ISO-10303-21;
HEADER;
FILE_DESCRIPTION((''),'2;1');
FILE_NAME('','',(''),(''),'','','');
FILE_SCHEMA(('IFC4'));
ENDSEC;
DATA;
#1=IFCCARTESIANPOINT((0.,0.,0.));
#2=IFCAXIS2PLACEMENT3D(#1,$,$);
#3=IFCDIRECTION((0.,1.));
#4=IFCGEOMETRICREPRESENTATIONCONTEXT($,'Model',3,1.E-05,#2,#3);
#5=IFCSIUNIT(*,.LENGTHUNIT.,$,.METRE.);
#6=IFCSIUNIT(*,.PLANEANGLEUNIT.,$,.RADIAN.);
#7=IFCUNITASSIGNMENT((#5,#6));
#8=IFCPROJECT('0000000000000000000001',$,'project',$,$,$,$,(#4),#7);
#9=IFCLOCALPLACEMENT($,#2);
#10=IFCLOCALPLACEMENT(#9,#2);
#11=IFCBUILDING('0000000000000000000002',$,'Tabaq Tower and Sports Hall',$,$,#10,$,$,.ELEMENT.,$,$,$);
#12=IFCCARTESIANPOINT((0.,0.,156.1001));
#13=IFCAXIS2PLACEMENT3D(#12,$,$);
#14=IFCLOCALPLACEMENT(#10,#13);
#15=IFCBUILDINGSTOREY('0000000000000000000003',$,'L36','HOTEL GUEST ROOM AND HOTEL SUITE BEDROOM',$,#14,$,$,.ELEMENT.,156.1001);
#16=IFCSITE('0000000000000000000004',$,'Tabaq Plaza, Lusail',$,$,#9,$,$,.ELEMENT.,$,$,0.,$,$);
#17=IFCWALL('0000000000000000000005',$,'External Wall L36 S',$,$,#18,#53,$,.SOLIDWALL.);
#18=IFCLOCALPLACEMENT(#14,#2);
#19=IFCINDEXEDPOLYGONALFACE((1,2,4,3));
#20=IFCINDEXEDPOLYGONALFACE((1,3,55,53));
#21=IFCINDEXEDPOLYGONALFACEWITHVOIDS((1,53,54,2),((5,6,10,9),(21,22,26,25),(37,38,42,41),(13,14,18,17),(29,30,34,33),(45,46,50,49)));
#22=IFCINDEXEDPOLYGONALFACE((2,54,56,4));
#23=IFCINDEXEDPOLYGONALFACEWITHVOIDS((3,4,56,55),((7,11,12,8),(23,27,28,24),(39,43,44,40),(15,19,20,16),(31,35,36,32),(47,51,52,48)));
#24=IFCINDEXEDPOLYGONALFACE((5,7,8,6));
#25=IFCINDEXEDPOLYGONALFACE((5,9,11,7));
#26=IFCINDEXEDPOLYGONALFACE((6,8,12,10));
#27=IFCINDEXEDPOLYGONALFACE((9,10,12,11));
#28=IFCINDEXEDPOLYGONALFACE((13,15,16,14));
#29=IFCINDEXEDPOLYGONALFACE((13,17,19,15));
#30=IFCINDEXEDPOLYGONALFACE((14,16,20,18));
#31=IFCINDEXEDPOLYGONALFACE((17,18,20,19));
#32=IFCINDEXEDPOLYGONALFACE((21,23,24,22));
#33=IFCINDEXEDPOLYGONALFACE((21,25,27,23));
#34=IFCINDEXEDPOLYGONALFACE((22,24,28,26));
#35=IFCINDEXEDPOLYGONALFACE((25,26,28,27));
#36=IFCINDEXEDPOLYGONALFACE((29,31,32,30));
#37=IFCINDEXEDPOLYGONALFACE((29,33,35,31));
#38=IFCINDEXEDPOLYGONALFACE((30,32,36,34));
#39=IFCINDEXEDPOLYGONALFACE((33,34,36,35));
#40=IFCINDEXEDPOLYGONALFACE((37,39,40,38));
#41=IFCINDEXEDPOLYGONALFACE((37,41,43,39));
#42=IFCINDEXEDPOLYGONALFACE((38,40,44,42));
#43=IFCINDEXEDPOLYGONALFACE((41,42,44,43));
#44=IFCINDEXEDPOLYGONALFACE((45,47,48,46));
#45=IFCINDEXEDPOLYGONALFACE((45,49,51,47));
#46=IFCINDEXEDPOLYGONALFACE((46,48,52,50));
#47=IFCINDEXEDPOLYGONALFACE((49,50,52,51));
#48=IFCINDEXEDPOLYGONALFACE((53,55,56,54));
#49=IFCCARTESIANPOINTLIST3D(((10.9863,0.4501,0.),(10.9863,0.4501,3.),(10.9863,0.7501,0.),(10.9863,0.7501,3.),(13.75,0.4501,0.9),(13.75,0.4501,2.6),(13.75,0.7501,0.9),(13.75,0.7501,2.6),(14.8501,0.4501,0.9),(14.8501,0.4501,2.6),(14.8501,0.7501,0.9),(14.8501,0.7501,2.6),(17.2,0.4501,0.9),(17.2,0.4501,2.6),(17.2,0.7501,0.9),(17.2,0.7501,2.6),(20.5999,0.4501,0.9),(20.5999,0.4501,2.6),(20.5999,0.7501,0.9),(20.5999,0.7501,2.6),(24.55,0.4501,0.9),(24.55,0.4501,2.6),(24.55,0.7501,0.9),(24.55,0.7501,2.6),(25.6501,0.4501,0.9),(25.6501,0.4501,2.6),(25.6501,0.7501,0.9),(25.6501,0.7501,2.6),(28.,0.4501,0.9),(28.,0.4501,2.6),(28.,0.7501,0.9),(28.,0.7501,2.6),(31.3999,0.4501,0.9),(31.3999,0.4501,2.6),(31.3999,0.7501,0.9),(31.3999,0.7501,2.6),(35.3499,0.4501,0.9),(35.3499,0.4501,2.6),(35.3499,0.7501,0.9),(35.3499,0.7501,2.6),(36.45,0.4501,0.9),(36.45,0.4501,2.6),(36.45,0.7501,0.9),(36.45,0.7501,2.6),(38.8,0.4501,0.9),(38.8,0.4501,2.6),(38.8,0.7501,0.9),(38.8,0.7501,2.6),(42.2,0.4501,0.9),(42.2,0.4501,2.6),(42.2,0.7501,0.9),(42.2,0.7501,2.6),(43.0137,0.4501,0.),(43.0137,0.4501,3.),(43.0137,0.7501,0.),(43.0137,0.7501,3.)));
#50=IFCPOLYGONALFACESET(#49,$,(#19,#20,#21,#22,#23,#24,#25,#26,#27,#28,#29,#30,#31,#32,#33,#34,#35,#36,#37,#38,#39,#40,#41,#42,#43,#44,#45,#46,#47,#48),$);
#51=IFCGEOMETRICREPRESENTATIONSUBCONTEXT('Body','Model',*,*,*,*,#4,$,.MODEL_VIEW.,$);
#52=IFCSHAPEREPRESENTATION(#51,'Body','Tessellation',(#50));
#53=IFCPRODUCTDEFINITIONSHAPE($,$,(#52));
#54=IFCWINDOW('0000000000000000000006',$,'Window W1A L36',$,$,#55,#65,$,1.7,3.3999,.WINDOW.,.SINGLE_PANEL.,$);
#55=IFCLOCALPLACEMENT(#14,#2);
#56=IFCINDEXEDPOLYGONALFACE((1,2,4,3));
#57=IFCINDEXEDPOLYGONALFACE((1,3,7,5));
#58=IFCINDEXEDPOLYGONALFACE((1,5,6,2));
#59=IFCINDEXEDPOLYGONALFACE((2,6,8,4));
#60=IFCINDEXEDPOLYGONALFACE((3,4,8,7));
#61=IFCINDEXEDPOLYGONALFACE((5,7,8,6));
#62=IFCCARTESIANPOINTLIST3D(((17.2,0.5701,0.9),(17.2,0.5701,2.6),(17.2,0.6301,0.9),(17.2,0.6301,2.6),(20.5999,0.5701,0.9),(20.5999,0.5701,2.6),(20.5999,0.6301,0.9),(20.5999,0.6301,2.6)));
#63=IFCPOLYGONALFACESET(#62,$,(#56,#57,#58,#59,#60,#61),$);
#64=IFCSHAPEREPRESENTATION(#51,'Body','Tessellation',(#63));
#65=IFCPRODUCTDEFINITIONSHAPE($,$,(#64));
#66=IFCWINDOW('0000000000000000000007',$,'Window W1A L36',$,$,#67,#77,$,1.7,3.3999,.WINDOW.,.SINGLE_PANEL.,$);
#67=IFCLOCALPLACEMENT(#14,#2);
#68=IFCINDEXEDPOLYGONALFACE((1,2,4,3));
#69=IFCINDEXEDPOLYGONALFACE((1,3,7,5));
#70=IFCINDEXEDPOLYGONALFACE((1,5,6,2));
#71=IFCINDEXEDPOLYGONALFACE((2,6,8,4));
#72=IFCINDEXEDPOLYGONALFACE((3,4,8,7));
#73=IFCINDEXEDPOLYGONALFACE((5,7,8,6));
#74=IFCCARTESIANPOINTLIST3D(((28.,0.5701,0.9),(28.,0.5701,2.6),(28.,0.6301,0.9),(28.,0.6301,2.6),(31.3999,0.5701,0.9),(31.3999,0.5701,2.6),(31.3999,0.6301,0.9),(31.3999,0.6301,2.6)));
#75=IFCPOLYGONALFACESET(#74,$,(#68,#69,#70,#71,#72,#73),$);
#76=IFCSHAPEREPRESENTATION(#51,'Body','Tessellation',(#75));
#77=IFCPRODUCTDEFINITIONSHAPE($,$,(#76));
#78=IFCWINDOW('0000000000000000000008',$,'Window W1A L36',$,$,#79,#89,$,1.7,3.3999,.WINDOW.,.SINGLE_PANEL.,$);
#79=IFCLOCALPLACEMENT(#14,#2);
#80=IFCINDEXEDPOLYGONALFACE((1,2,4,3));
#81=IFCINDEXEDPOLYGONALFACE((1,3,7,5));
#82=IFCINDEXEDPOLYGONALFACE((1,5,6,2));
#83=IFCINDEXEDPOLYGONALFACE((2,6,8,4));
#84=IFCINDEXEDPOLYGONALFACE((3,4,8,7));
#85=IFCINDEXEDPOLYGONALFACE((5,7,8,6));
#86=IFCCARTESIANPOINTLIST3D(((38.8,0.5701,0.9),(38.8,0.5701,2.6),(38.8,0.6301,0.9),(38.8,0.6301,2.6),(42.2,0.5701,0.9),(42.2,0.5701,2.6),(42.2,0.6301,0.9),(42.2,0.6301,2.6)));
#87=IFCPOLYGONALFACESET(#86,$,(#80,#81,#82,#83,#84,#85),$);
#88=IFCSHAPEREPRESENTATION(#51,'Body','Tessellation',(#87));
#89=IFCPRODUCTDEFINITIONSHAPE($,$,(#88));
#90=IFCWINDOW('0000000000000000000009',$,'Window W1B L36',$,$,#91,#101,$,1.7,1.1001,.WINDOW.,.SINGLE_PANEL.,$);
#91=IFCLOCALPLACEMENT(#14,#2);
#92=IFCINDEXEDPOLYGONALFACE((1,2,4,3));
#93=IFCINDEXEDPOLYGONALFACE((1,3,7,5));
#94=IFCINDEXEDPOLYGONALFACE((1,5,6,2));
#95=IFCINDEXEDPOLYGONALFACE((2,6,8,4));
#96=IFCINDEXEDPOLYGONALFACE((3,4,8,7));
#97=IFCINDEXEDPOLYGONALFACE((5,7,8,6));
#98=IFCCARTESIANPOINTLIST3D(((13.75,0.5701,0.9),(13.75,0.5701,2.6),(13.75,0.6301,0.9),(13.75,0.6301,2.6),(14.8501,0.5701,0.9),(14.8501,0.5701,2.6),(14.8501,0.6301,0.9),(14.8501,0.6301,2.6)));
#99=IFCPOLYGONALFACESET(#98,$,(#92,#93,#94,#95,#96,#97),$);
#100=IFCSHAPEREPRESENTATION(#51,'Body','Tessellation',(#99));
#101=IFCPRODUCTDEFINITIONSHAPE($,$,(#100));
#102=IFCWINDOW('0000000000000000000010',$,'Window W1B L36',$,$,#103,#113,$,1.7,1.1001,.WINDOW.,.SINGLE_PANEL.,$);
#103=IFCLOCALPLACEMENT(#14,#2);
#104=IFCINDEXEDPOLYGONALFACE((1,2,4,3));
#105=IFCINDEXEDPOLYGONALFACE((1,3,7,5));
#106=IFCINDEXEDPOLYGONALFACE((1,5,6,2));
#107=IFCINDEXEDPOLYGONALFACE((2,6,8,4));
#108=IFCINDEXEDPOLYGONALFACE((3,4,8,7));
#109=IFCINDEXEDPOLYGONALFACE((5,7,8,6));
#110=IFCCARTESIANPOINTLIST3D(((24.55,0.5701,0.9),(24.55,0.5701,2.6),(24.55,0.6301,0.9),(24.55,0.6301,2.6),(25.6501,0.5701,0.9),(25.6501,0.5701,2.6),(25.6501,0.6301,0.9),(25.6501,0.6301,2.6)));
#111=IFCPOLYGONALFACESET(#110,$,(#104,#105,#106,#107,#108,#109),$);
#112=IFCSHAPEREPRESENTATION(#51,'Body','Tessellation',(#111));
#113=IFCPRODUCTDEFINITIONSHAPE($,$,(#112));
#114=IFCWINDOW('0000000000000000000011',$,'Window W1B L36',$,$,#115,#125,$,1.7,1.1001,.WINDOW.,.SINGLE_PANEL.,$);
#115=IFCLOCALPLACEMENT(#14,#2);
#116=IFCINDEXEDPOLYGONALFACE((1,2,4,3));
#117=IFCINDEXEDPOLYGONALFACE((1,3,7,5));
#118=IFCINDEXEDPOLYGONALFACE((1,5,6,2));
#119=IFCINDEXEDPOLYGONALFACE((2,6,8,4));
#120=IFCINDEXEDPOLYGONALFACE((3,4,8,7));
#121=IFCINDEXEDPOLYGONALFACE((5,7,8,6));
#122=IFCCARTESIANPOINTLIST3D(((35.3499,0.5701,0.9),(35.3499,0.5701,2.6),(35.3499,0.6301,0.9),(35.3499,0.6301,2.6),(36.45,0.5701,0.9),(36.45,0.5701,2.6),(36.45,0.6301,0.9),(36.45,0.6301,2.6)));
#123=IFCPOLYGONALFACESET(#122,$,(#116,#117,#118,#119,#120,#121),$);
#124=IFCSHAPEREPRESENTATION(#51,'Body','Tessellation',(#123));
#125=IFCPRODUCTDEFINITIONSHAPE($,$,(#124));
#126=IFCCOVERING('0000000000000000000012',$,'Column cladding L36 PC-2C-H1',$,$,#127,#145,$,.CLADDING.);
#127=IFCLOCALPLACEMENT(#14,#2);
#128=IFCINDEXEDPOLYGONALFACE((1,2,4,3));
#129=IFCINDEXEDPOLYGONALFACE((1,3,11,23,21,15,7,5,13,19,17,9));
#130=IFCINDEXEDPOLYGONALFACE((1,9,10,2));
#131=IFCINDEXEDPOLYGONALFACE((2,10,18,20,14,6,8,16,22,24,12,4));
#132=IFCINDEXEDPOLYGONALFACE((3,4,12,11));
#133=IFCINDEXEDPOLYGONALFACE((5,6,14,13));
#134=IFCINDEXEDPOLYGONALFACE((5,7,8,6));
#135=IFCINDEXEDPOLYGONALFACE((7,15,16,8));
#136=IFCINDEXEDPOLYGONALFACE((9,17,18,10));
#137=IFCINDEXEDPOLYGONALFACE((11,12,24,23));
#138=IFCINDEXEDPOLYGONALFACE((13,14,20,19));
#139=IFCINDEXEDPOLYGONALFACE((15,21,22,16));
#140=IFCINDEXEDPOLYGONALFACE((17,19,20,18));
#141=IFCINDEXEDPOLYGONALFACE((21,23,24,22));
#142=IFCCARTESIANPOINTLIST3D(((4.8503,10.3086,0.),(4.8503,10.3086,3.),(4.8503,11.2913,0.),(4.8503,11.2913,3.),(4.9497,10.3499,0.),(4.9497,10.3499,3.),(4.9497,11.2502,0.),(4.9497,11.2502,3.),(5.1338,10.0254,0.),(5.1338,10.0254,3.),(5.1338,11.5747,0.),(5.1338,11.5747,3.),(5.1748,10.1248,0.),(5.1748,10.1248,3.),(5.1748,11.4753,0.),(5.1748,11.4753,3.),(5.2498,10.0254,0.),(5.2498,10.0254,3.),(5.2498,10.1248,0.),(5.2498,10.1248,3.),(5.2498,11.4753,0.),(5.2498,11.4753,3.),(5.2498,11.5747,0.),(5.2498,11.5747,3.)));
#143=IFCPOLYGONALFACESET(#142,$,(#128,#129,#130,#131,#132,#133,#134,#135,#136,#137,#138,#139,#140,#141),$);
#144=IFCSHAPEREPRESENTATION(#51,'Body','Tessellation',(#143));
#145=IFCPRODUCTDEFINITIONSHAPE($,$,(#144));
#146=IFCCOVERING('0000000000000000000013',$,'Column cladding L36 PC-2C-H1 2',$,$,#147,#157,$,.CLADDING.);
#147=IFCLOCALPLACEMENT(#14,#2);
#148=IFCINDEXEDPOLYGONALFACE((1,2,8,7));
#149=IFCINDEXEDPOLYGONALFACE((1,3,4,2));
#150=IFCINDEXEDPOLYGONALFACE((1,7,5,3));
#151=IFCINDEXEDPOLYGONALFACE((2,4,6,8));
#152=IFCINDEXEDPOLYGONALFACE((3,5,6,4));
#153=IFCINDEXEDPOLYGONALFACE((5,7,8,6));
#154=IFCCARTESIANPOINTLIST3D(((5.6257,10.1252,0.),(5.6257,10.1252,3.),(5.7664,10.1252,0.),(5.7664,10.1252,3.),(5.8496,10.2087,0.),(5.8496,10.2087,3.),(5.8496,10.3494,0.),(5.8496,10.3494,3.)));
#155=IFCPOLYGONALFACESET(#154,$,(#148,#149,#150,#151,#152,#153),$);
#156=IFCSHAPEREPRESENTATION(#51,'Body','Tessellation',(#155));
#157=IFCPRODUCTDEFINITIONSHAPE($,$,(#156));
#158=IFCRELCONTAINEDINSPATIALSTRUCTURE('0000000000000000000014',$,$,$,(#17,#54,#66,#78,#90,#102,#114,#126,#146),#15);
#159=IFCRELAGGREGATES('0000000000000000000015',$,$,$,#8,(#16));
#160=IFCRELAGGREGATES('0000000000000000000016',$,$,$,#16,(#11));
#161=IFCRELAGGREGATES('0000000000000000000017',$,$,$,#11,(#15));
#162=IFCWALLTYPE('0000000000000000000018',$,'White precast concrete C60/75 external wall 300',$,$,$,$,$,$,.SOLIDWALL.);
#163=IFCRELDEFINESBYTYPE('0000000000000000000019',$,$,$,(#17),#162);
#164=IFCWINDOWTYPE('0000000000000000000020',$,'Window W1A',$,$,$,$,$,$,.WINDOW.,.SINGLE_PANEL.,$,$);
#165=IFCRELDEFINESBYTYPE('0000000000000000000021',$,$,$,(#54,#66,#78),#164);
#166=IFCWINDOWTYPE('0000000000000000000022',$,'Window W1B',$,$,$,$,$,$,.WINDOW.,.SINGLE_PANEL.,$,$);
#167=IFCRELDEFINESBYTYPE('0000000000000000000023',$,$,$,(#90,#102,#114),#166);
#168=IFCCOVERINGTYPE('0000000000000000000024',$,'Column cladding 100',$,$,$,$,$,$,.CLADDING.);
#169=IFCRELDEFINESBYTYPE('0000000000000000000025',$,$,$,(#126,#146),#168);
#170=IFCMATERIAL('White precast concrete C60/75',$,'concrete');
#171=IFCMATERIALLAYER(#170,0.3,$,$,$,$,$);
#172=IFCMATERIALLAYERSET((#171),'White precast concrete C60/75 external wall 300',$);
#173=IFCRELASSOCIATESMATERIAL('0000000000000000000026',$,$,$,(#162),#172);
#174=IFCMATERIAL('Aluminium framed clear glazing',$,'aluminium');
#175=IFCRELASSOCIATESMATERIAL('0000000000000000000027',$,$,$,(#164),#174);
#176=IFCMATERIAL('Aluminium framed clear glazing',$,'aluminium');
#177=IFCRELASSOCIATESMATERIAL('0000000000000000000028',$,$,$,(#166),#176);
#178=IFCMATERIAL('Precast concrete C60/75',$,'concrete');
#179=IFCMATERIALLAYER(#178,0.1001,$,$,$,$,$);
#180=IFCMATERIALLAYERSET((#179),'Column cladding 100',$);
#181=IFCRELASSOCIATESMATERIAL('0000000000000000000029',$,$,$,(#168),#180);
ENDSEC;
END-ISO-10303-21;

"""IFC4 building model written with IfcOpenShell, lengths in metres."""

from ifc_helpers import new_model, si_unit, direction, frame, frame_2d, origin, place, context, subcontext, project, spatial, polyline, rectangle, outline, extrude, material, layer, layer_set, type_object, element, fill, save


model = new_model("IFC4")

# Units and contexts
model_context = context("Model", 3, precision=1e-05, world=origin(), true_north=direction((0.0, 1.0)))
body_context = subcontext(model_context, "Body", "Model", "MODEL_VIEW")
ifc_project = project(units=[si_unit("LENGTHUNIT", "METRE"), si_unit("PLANEANGLEUNIT", "RADIAN")], contexts=[model_context])

# Site, building, storey
site_placement = place(None, origin())
site = spatial("IfcSite", under=ifc_project, at=site_placement, Name="Tabaq Plaza, Lusail", CompositionType="ELEMENT", RefElevation=0.0)
building_placement = place(site_placement, origin())
building = spatial("IfcBuilding", under=site, at=building_placement, Name="Tabaq Tower and Sports Hall", CompositionType="ELEMENT")
storey_placement = place(building_placement, frame((0.0, 0.0, 156.1001)))
storey = spatial("IfcBuildingStorey", under=building, at=storey_placement, Name="L36", Description="HOTEL GUEST ROOM AND HOTEL SUITE BEDROOM", CompositionType="ELEMENT", Elevation=156.1001)

# Wall, openings, windows
ifc_material_1 = material(Name="White precast concrete C60/75", Category="concrete")
ifc_layer_1 = layer(ifc_material_1, 0.3)
ifc_layer_set_1 = layer_set([ifc_layer_1], Name="White precast concrete C60/75 external wall 300")
wall_type = type_object("IfcWallType", Name="White precast concrete C60/75 external wall 300", PredefinedType="SOLIDWALL", material=ifc_layer_set_1)
wall_placement = place(storey_placement, frame((10.9863, 0.6001, 0.0), z_axis=(0.0, 0.0, 1.0), x_axis=(1.0, 0.0, 0.0)))
wall = element("IfcWall", 1, at=wall_placement, inside=storey, type_object=wall_type, Name="External Wall L36 S", PredefinedType="SOLIDWALL", context=body_context, shape_type="SweptSolid", body=[
    extrude(rectangle(XDim=32.0273, YDim=0.3, at=frame_2d((16.0137, 0.0))), origin(), (0.0, 0.0, 1.0), 3.0),
])
opening_1_placement = place(wall_placement, frame((2.7637, 0.0, 0.8999)))
opening_1 = element("IfcOpeningElement", 2, at=opening_1_placement, cuts=wall, PredefinedType="OPENING", context=body_context, shape_type="SweptSolid", body=[
    extrude(rectangle(XDim=1.1001, YDim=1.7, at=frame_2d((0.55, 0.8501))), frame((0.0, 0.1602, 0.0), z_axis=(0.0, -1.0, 0.0), x_axis=(1.0, 0.0, 0.0)), (0.0, 0.0, 1.0), 0.3201),
])
opening_2_placement = place(wall_placement, frame((6.2136, 0.0, 0.8999)))
opening_2 = element("IfcOpeningElement", 3, at=opening_2_placement, cuts=wall, PredefinedType="OPENING", context=body_context, shape_type="SweptSolid", body=[
    extrude(rectangle(XDim=3.3999, YDim=1.7, at=frame_2d((1.7, 0.8501))), frame((0.0, 0.1602, 0.0), z_axis=(0.0, -1.0, 0.0), x_axis=(1.0, 0.0, 0.0)), (0.0, 0.0, 1.0), 0.3201),
])
opening_3_placement = place(wall_placement, frame((13.5637, 0.0, 0.8999)))
opening_3 = element("IfcOpeningElement", 4, at=opening_3_placement, cuts=wall, PredefinedType="OPENING", context=body_context, shape_type="SweptSolid", body=[
    extrude(rectangle(XDim=1.1001, YDim=1.7, at=frame_2d((0.55, 0.8501))), frame((0.0, 0.1602, 0.0), z_axis=(0.0, -1.0, 0.0), x_axis=(1.0, 0.0, 0.0)), (0.0, 0.0, 1.0), 0.3201),
])
opening_4_placement = place(wall_placement, frame((17.0137, 0.0, 0.8999)))
opening_4 = element("IfcOpeningElement", 5, at=opening_4_placement, cuts=wall, PredefinedType="OPENING", context=body_context, shape_type="SweptSolid", body=[
    extrude(rectangle(XDim=3.3999, YDim=1.7, at=frame_2d((1.7, 0.8501))), frame((0.0, 0.1602, 0.0), z_axis=(0.0, -1.0, 0.0), x_axis=(1.0, 0.0, 0.0)), (0.0, 0.0, 1.0), 0.3201),
])
opening_5_placement = place(wall_placement, frame((24.3635, 0.0, 0.8999)))
opening_5 = element("IfcOpeningElement", 6, at=opening_5_placement, cuts=wall, PredefinedType="OPENING", context=body_context, shape_type="SweptSolid", body=[
    extrude(rectangle(XDim=1.1001, YDim=1.7, at=frame_2d((0.55, 0.8501))), frame((0.0, 0.1602, 0.0), z_axis=(0.0, -1.0, 0.0), x_axis=(1.0, 0.0, 0.0)), (0.0, 0.0, 1.0), 0.3201),
])
opening_6_placement = place(wall_placement, frame((27.8137, 0.0, 0.8999)))
opening_6 = element("IfcOpeningElement", 7, at=opening_6_placement, cuts=wall, PredefinedType="OPENING", context=body_context, shape_type="SweptSolid", body=[
    extrude(rectangle(XDim=3.3999, YDim=1.7, at=frame_2d((1.7, 0.8501))), frame((0.0, 0.1602, 0.0), z_axis=(0.0, -1.0, 0.0), x_axis=(1.0, 0.0, 0.0)), (0.0, 0.0, 1.0), 0.3201),
])
ifc_material_2 = material(Name="Aluminium framed clear glazing", Category="aluminium")
window_type_1 = type_object("IfcWindowType", Name="Window W1A", PartitioningType="SINGLE_PANEL", PredefinedType="WINDOW", material=ifc_material_2)
window_1_placement = place(opening_2_placement, origin())
window_1 = element("IfcWindow", 8, at=window_1_placement, inside=storey, type_object=window_type_1, Name="Window W1A L36", OverallHeight=1.7, OverallWidth=3.3999, PartitioningType="SINGLE_PANEL", PredefinedType="WINDOW", context=body_context, shape_type="SweptSolid", body=[
    extrude(rectangle(XDim=3.3999, YDim=1.7, at=frame_2d((1.7, 0.8501))), frame((0.0, 0.03, 0.0), z_axis=(0.0, -1.0, 0.0), x_axis=(1.0, 0.0, 0.0)), (0.0, 0.0, 1.0), 0.0601),
])
fill(opening_2, window_1)
window_2_placement = place(opening_4_placement, origin())
window_2 = element("IfcWindow", 9, at=window_2_placement, inside=storey, type_object=window_type_1, Name="Window W1A L36", OverallHeight=1.7, OverallWidth=3.3999, PartitioningType="SINGLE_PANEL", PredefinedType="WINDOW", context=body_context, shape_type="SweptSolid", body=[
    extrude(rectangle(XDim=3.3999, YDim=1.7, at=frame_2d((1.7, 0.8501))), frame((0.0, 0.03, 0.0), z_axis=(0.0, -1.0, 0.0), x_axis=(1.0, 0.0, 0.0)), (0.0, 0.0, 1.0), 0.0601),
])
fill(opening_4, window_2)
window_3_placement = place(opening_6_placement, origin())
window_3 = element("IfcWindow", 10, at=window_3_placement, inside=storey, type_object=window_type_1, Name="Window W1A L36", OverallHeight=1.7, OverallWidth=3.3999, PartitioningType="SINGLE_PANEL", PredefinedType="WINDOW", context=body_context, shape_type="SweptSolid", body=[
    extrude(rectangle(XDim=3.3999, YDim=1.7, at=frame_2d((1.7, 0.8501))), frame((0.0, 0.03, 0.0), z_axis=(0.0, -1.0, 0.0), x_axis=(1.0, 0.0, 0.0)), (0.0, 0.0, 1.0), 0.0601),
])
fill(opening_6, window_3)
ifc_material_3 = material(Name="Aluminium framed clear glazing", Category="aluminium")
window_type_2 = type_object("IfcWindowType", Name="Window W1B", PartitioningType="SINGLE_PANEL", PredefinedType="WINDOW", material=ifc_material_3)
window_4_placement = place(opening_1_placement, origin())
window_4 = element("IfcWindow", 11, at=window_4_placement, inside=storey, type_object=window_type_2, Name="Window W1B L36", OverallHeight=1.7, OverallWidth=1.1001, PartitioningType="SINGLE_PANEL", PredefinedType="WINDOW", context=body_context, shape_type="SweptSolid", body=[
    extrude(rectangle(XDim=1.1001, YDim=1.7, at=frame_2d((0.55, 0.8501))), frame((0.0, 0.03, 0.0), z_axis=(0.0, -1.0, 0.0), x_axis=(1.0, 0.0, 0.0)), (0.0, 0.0, 1.0), 0.0601),
])
fill(opening_1, window_4)
window_5_placement = place(opening_3_placement, origin())
window_5 = element("IfcWindow", 12, at=window_5_placement, inside=storey, type_object=window_type_2, Name="Window W1B L36", OverallHeight=1.7, OverallWidth=1.1001, PartitioningType="SINGLE_PANEL", PredefinedType="WINDOW", context=body_context, shape_type="SweptSolid", body=[
    extrude(rectangle(XDim=1.1001, YDim=1.7, at=frame_2d((0.55, 0.8501))), frame((0.0, 0.03, 0.0), z_axis=(0.0, -1.0, 0.0), x_axis=(1.0, 0.0, 0.0)), (0.0, 0.0, 1.0), 0.0601),
])
fill(opening_3, window_5)
window_6_placement = place(opening_5_placement, origin())
window_6 = element("IfcWindow", 13, at=window_6_placement, inside=storey, type_object=window_type_2, Name="Window W1B L36", OverallHeight=1.7, OverallWidth=1.1001, PartitioningType="SINGLE_PANEL", PredefinedType="WINDOW", context=body_context, shape_type="SweptSolid", body=[
    extrude(rectangle(XDim=1.1001, YDim=1.7, at=frame_2d((0.55, 0.8501))), frame((0.0, 0.03, 0.0), z_axis=(0.0, -1.0, 0.0), x_axis=(1.0, 0.0, 0.0)), (0.0, 0.0, 1.0), 0.0601),
])
fill(opening_5, window_6)

# Coverings
ifc_material_4 = material(Name="Precast concrete C60/75", Category="concrete")
ifc_layer_2 = layer(ifc_material_4, 0.1001)
ifc_layer_set_2 = layer_set([ifc_layer_2], Name="Column cladding 100")
covering_type_1 = type_object("IfcCoveringType", Name="Column cladding 100", PredefinedType="CLADDING", material=ifc_layer_set_2)
covering_1_placement = place(storey_placement, origin())
element("IfcCovering", 14, at=covering_1_placement, inside=storey, type_object=covering_type_1, Name="Column cladding L36 PC-2C-H1", PredefinedType="CLADDING", context=body_context, shape_type="SweptSolid", body=[
    extrude(outline(polyline([(5.1338, 10.0254), (4.8503, 10.3086), (4.8503, 11.2913), (5.1338, 11.5747), (5.2498, 11.5747), (5.2498, 11.4753), (5.1748, 11.4753), (4.9497, 11.2502), (4.9497, 10.3499), (5.1748, 10.1248), (5.2498, 10.1248), (5.2498, 10.0254), (5.1338, 10.0254)])), origin(), (0.0, 0.0, 1.0), 3.0),
])
covering_2_placement = place(storey_placement, origin())
element("IfcCovering", 15, at=covering_2_placement, inside=storey, type_object=covering_type_1, Name="Column cladding L36 PC-2C-H1 2", PredefinedType="CLADDING", context=body_context, shape_type="SweptSolid", body=[
    extrude(outline(polyline([(5.7664, 10.1252), (5.6257, 10.1252), (5.8496, 10.3494), (5.8496, 10.2087), (5.7664, 10.1252)])), origin(), (0.0, 0.0, 1.0), 3.0),
])

save(model, "model.ifc")
